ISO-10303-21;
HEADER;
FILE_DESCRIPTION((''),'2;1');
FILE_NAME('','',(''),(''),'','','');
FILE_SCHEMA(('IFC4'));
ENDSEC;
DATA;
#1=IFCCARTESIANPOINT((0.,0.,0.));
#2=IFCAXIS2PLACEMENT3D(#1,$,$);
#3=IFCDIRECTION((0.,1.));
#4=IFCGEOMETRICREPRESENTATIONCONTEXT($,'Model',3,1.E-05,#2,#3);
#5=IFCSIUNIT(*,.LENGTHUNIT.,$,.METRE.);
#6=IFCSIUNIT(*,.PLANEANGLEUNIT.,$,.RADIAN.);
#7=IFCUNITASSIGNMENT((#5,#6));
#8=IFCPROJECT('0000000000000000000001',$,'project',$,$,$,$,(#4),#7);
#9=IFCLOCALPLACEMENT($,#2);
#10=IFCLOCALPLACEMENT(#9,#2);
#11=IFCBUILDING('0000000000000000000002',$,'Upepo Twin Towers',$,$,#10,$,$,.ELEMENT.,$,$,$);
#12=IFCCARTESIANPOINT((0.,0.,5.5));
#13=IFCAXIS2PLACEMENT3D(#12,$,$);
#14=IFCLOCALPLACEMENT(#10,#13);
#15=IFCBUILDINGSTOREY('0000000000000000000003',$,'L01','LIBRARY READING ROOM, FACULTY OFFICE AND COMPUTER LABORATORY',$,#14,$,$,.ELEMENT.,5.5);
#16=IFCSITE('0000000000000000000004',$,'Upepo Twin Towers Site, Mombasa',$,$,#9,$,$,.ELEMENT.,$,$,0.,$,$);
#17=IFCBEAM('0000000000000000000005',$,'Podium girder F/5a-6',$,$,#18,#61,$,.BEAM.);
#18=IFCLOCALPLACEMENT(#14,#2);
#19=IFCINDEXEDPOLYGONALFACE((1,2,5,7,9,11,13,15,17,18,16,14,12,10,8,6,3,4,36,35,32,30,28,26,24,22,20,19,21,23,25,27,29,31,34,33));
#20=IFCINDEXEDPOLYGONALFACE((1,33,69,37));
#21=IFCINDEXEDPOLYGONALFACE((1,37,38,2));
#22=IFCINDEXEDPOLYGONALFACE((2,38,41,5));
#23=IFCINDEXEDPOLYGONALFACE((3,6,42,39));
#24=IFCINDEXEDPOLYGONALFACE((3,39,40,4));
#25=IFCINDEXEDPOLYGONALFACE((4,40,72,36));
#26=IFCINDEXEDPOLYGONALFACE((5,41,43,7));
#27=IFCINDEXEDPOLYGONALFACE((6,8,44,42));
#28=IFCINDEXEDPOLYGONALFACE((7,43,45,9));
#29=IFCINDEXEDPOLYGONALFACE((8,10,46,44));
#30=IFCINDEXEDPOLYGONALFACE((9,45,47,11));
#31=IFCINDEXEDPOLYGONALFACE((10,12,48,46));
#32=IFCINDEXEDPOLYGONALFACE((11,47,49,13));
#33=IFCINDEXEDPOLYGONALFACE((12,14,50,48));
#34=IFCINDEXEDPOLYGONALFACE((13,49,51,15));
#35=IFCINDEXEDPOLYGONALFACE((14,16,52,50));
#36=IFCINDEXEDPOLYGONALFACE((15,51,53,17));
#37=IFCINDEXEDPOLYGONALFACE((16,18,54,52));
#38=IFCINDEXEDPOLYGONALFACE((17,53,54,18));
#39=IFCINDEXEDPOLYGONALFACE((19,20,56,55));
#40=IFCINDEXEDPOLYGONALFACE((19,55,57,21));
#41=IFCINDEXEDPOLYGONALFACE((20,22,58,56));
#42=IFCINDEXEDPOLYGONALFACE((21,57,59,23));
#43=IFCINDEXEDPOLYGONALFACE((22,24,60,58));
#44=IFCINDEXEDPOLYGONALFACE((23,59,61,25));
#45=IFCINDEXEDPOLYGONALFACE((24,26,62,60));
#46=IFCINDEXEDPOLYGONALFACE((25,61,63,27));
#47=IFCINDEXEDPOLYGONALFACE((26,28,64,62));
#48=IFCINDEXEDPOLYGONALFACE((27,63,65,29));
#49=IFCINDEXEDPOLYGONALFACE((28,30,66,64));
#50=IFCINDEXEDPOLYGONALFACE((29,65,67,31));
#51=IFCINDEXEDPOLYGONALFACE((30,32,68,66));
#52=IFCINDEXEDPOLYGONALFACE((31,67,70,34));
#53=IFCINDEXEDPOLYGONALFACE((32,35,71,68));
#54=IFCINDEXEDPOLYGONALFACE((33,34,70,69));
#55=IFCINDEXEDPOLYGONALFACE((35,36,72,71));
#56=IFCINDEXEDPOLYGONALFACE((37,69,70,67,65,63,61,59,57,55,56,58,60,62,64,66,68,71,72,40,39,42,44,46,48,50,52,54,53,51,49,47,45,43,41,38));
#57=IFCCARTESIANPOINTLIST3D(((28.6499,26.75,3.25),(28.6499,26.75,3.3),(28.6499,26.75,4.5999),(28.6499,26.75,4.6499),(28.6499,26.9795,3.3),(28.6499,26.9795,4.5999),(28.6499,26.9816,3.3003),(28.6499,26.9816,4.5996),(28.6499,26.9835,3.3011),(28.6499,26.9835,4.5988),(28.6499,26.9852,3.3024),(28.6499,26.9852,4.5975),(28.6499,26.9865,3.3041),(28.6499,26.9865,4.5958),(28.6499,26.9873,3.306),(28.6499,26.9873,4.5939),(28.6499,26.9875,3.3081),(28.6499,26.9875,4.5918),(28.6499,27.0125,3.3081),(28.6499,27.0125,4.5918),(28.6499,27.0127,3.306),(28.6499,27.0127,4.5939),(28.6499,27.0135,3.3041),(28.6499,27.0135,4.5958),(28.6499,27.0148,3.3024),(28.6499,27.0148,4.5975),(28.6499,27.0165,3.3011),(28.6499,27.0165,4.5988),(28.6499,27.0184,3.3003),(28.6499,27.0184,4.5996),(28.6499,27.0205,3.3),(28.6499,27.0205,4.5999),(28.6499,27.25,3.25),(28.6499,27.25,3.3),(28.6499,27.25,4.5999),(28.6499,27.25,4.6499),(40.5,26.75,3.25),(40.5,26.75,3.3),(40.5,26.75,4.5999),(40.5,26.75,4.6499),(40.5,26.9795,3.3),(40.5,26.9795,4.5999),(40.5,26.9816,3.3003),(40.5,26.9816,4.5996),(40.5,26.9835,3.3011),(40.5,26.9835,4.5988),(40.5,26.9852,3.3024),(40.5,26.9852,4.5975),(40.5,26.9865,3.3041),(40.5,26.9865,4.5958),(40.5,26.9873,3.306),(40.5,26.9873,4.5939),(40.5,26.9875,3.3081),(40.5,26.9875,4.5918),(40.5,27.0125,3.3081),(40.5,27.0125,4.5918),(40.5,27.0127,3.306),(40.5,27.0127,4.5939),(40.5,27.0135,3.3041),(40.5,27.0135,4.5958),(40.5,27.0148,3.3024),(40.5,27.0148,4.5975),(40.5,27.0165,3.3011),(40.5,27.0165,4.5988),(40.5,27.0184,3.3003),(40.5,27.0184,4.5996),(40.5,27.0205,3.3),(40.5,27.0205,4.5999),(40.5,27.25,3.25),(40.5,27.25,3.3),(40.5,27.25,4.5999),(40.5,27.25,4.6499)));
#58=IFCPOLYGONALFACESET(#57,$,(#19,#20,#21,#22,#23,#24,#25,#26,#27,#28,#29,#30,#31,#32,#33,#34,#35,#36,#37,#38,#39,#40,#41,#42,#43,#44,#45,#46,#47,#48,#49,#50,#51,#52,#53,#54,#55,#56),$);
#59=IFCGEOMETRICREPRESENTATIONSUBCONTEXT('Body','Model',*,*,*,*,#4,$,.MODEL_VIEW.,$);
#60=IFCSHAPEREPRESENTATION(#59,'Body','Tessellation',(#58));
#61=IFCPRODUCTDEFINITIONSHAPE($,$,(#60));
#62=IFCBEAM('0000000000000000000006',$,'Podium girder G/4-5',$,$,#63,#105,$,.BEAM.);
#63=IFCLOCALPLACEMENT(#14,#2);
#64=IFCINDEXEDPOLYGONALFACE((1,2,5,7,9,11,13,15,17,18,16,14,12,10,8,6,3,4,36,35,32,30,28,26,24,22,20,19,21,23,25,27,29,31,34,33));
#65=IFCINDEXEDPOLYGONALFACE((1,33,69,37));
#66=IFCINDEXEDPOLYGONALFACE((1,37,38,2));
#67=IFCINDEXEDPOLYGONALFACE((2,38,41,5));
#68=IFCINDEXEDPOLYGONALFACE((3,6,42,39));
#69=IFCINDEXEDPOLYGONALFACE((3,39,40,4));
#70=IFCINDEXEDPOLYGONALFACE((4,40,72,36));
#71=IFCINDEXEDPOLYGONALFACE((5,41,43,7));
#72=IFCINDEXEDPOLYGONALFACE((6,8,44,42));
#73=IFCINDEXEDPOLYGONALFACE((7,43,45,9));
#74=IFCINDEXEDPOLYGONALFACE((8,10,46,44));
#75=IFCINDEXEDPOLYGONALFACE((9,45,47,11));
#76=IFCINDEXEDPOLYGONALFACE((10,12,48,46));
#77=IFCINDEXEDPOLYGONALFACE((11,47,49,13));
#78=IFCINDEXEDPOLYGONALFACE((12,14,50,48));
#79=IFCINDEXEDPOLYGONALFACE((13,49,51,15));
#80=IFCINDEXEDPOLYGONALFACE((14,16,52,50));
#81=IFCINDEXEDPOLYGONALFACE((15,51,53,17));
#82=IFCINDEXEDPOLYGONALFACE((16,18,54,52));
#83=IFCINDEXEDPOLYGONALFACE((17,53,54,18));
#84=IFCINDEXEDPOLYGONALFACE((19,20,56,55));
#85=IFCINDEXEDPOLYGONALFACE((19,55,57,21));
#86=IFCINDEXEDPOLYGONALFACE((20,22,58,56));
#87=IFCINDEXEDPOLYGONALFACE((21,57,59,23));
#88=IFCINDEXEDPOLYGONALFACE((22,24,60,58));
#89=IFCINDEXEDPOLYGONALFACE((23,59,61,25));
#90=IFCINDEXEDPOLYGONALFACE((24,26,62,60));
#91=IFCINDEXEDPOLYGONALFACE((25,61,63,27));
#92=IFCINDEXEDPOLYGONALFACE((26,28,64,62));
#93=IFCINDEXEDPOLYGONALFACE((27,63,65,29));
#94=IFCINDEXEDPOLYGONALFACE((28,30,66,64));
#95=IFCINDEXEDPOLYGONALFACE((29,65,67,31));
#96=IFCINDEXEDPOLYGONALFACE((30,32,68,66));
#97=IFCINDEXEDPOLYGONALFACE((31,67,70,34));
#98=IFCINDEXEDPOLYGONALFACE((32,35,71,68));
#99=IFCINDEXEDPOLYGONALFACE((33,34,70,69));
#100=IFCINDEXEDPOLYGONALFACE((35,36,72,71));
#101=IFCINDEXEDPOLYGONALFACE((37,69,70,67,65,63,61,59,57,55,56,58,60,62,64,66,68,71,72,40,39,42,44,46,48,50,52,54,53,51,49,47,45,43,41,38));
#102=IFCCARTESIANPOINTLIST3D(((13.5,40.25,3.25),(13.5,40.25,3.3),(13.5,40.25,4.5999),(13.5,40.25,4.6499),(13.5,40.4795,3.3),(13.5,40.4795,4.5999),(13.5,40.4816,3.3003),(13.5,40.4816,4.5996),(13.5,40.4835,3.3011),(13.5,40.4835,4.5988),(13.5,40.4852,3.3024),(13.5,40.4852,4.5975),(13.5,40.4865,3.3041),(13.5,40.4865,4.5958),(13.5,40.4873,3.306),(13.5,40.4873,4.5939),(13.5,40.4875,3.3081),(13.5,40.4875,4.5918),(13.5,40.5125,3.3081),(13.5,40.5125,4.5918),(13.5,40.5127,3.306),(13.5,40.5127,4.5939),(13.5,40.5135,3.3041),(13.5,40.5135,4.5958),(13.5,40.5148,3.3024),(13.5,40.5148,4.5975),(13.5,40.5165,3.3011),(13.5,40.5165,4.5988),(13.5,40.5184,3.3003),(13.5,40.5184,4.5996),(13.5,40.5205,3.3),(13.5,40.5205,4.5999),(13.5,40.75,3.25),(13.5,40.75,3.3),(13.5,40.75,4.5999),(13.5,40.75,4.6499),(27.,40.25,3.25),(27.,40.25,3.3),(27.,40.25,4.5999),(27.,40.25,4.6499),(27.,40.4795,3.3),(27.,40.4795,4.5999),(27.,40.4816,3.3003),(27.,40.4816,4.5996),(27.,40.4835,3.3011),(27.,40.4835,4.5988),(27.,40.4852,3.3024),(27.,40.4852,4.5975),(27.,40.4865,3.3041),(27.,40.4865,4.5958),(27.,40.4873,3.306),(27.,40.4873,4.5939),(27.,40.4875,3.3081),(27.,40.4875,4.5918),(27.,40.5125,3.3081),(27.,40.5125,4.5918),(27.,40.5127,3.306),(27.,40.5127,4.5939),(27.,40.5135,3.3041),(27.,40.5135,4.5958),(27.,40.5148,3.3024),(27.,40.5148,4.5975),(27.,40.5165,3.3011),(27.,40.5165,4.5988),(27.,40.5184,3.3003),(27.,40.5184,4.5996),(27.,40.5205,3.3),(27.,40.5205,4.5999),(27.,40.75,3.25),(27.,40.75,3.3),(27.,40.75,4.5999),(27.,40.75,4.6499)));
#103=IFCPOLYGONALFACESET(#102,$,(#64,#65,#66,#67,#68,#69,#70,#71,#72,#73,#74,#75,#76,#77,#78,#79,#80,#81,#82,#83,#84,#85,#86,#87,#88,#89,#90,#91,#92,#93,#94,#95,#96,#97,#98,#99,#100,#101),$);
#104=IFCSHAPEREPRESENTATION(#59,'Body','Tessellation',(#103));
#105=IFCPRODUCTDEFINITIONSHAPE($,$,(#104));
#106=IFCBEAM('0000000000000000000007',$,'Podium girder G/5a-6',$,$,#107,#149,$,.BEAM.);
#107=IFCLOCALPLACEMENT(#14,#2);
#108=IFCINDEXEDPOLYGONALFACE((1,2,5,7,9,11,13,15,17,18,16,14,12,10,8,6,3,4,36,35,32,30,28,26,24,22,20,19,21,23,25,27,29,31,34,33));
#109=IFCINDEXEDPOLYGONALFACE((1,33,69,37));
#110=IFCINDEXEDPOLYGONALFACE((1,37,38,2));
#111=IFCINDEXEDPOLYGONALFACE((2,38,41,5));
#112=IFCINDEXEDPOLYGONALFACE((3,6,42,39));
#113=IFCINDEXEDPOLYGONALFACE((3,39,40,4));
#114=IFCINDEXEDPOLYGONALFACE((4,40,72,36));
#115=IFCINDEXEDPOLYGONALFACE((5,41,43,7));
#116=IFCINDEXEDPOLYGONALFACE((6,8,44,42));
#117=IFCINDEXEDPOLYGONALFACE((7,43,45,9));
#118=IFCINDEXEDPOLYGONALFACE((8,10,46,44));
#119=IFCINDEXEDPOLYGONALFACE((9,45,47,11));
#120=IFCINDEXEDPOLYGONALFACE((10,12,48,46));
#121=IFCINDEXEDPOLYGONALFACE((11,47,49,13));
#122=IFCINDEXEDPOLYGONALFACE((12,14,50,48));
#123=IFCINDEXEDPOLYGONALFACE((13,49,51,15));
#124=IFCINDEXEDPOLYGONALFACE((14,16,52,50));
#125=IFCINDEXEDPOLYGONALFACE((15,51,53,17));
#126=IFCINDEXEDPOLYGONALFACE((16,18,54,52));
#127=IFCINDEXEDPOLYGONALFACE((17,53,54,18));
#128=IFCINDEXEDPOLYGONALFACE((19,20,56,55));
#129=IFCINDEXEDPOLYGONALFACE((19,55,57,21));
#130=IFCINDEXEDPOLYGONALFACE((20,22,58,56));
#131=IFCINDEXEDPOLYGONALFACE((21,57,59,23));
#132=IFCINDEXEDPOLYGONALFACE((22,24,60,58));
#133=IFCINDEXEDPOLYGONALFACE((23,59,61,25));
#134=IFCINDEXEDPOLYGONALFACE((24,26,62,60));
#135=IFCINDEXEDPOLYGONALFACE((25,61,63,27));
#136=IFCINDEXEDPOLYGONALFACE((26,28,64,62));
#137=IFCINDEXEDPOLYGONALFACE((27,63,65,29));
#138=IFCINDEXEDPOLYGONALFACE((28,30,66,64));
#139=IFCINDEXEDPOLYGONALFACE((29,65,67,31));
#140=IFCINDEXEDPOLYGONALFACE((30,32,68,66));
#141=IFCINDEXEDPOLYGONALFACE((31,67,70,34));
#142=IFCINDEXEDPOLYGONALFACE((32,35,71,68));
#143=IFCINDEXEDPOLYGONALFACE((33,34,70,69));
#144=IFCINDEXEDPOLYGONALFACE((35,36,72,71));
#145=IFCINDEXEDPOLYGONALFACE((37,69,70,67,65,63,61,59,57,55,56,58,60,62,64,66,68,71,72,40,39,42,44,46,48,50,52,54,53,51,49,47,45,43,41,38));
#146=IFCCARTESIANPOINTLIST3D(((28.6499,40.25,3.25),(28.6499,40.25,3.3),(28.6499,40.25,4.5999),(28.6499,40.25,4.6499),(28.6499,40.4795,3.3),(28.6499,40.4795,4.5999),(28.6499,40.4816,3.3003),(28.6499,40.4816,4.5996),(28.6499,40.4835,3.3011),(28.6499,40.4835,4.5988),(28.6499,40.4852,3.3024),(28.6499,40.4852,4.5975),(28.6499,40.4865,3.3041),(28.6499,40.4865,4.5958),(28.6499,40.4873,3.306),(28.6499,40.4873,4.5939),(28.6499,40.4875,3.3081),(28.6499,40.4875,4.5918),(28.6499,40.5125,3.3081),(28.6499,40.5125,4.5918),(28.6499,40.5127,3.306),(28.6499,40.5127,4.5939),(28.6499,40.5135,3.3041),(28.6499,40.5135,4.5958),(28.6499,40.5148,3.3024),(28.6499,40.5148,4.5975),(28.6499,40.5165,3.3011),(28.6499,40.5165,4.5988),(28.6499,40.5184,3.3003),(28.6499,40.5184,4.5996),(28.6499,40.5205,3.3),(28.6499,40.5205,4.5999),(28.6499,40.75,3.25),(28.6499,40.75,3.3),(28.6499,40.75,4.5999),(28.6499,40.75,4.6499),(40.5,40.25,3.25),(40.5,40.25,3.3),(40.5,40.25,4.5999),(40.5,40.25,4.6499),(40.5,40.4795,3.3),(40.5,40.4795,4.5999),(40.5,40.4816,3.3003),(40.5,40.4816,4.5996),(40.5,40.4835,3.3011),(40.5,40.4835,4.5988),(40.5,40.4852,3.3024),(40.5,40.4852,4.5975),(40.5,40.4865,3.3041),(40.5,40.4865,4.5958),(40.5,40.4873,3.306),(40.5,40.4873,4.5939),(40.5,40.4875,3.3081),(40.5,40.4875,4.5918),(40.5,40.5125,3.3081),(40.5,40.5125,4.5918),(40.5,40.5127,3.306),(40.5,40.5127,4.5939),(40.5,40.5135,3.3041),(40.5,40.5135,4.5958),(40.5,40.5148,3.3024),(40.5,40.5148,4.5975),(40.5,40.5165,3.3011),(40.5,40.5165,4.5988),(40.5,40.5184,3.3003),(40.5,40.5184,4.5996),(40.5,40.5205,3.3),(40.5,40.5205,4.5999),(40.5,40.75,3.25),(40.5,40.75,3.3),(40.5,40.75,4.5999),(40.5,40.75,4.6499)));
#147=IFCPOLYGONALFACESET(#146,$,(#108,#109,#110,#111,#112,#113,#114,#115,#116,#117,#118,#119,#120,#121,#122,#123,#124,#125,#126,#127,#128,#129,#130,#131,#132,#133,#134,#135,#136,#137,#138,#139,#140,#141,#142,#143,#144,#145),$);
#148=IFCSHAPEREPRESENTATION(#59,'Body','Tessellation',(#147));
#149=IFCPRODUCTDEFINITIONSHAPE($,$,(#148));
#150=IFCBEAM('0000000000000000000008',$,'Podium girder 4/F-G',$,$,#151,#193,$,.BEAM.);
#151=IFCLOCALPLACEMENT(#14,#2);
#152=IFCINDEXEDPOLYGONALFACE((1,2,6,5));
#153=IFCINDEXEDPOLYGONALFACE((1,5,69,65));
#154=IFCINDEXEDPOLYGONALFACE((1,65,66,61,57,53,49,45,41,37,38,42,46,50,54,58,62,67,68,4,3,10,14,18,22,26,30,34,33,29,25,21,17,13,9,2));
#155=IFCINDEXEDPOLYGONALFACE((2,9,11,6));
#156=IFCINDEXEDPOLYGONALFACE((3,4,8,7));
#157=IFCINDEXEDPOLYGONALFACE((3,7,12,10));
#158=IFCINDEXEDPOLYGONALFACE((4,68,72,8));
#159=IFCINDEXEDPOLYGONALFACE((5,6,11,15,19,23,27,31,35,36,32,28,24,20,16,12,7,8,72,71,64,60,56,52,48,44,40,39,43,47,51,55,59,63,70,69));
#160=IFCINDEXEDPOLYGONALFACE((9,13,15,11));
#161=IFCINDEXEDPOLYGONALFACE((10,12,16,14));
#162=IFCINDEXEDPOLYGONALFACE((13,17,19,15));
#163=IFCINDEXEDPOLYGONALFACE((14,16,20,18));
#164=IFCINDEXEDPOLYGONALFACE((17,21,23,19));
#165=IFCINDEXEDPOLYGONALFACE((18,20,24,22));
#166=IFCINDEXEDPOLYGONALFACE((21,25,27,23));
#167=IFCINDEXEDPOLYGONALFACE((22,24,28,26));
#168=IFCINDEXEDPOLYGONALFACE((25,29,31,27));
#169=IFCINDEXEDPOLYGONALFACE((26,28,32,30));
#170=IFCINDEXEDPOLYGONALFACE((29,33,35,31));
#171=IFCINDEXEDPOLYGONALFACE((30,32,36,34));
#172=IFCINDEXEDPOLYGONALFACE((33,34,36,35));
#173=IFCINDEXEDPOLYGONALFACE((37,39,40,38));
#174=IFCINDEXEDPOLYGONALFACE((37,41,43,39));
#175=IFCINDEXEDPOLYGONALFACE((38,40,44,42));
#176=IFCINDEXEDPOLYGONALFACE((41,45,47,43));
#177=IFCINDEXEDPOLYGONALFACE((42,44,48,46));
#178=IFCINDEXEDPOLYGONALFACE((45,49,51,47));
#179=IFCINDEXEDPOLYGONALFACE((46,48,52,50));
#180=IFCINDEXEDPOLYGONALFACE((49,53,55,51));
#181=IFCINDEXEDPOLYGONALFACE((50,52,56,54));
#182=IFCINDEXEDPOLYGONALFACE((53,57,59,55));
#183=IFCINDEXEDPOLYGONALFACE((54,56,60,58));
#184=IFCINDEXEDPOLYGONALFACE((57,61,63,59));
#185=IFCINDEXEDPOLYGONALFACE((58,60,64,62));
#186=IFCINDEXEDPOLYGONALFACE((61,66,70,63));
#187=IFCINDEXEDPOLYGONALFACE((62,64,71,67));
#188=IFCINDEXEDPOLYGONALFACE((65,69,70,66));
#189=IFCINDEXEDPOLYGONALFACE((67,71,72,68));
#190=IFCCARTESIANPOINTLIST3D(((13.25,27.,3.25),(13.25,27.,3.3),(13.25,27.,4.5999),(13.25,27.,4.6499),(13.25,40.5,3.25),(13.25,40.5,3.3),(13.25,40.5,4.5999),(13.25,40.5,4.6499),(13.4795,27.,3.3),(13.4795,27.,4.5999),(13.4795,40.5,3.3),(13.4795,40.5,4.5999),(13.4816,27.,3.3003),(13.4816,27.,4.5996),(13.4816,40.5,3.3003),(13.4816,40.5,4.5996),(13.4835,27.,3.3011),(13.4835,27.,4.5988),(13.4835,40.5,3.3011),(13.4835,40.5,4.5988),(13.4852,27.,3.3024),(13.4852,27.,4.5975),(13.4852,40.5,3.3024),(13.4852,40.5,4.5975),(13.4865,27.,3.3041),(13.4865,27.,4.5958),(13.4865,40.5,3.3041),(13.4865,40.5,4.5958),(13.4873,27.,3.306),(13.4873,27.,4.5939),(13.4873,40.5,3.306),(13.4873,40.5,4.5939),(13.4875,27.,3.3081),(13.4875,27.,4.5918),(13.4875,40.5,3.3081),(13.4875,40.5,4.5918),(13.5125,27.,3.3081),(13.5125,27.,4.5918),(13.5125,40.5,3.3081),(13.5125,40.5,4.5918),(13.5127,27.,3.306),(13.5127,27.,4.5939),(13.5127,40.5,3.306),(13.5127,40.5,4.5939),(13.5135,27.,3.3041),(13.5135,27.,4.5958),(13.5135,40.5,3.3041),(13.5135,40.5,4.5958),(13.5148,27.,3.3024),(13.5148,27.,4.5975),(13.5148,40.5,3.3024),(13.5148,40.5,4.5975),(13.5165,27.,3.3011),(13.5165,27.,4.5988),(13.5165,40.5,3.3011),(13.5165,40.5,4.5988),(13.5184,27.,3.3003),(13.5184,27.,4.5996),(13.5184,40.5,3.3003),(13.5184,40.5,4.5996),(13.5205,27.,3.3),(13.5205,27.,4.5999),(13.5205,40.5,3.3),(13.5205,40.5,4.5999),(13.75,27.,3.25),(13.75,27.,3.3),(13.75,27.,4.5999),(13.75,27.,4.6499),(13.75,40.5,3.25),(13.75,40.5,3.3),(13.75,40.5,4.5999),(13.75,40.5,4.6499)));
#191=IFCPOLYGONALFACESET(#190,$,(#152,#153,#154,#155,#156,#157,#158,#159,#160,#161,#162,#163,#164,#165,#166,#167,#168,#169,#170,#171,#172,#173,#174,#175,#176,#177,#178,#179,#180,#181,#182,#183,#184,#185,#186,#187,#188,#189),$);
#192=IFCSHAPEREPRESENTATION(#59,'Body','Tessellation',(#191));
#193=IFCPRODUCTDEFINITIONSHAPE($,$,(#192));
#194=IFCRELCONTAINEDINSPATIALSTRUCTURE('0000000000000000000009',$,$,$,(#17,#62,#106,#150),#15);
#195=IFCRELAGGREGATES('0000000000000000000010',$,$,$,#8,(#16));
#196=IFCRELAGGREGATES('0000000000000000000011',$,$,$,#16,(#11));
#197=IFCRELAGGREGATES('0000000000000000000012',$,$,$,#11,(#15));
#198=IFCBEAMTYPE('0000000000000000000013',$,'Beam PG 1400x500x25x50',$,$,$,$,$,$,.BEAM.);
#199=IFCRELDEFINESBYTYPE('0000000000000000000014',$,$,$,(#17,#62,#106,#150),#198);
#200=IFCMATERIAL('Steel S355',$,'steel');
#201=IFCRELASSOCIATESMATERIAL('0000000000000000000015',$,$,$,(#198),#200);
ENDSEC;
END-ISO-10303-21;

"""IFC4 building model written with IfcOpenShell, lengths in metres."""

from ifc_helpers import new_model, si_unit, direction, frame, origin, origin_2d, place, context, subcontext, project, spatial, i_section, extrude, material, material_profile, profile_set, type_object, element, save


model = new_model("IFC4")

# Units and contexts
model_context = context("Model", 3, precision=1e-05, world=origin(), true_north=direction((0.0, 1.0)))
body_context = subcontext(model_context, "Body", "Model", "MODEL_VIEW")
ifc_project = project(units=[si_unit("LENGTHUNIT", "METRE"), si_unit("PLANEANGLEUNIT", "RADIAN")], contexts=[model_context])

# Site, building, storey
site_placement = place(None, origin())
site = spatial("IfcSite", under=ifc_project, at=site_placement, Name="Upepo Twin Towers Site, Mombasa", CompositionType="ELEMENT", RefElevation=0.0)
building_placement = place(site_placement, origin())
building = spatial("IfcBuilding", under=site, at=building_placement, Name="Upepo Twin Towers", CompositionType="ELEMENT")
storey_placement = place(building_placement, frame((0.0, 0.0, 5.5)))
storey = spatial("IfcBuildingStorey", under=building, at=storey_placement, Name="L01", Description="LIBRARY READING ROOM, FACULTY OFFICE AND COMPUTER LABORATORY", CompositionType="ELEMENT", Elevation=5.5)

# Beams
ifc_material_1 = material(Name="Steel S355", Category="steel")
ifc_material_profile_1 = material_profile(ifc_material_1, i_section(OverallWidth=0.5, OverallDepth=1.3999, WebThickness=0.0249, FlangeThickness=0.05, FilletRadius=0.0081, at=origin_2d()), Name="PG 1400x500x25x50")
ifc_profile_set_1 = profile_set([ifc_material_profile_1], Name="Steel S355")
beam_type_1 = type_object("IfcBeamType", Name="Beam PG 1400x500x25x50", PredefinedType="BEAM", material=ifc_profile_set_1)
beam_1_placement = place(storey_placement, frame((28.6499, 27.0, 3.95), z_axis=(1.0, 0.0, 0.0), x_axis=(0.0, 1.0, 0.0)))
element("IfcBeam", 1, at=beam_1_placement, inside=storey, type_object=beam_type_1, Name="Podium girder F/5a-6", PredefinedType="BEAM", context=body_context, shape_type="SweptSolid", body=[
    extrude(i_section(OverallWidth=0.5, OverallDepth=1.3999, WebThickness=0.0249, FlangeThickness=0.05, FilletRadius=0.0081, at=origin_2d()), origin(), (0.0, 0.0, 1.0), 11.8501),
])
beam_2_placement = place(storey_placement, frame((13.5, 40.5, 3.95), z_axis=(1.0, 0.0, 0.0), x_axis=(0.0, 1.0, 0.0)))
element("IfcBeam", 2, at=beam_2_placement, inside=storey, type_object=beam_type_1, Name="Podium girder G/4-5", PredefinedType="BEAM", context=body_context, shape_type="SweptSolid", body=[
    extrude(i_section(OverallWidth=0.5, OverallDepth=1.3999, WebThickness=0.0249, FlangeThickness=0.05, FilletRadius=0.0081, at=origin_2d()), origin(), (0.0, 0.0, 1.0), 13.5),
])
beam_3_placement = place(storey_placement, frame((28.6499, 40.5, 3.95), z_axis=(1.0, 0.0, 0.0), x_axis=(0.0, 1.0, 0.0)))
element("IfcBeam", 3, at=beam_3_placement, inside=storey, type_object=beam_type_1, Name="Podium girder G/5a-6", PredefinedType="BEAM", context=body_context, shape_type="SweptSolid", body=[
    extrude(i_section(OverallWidth=0.5, OverallDepth=1.3999, WebThickness=0.0249, FlangeThickness=0.05, FilletRadius=0.0081, at=origin_2d()), origin(), (0.0, 0.0, 1.0), 11.8501),
])
for number, where, z_axis, x_axis, name in (
    (4, (13.5, 27.0, 3.95), (0.0, 1.0, 0.0), (-1.0, 0.0, 0.0), "Podium girder 4/F-G"),
):
    element("IfcBeam", number, at=place(storey_placement, frame(where, z_axis=z_axis, x_axis=x_axis)), inside=storey, type_object=beam_type_1, Name=name, PredefinedType="BEAM", context=body_context, shape_type="SweptSolid", body=[
        extrude(i_section(OverallWidth=0.5, OverallDepth=1.3999, WebThickness=0.0249, FlangeThickness=0.05, FilletRadius=0.0081, at=origin_2d()), origin(), (0.0, 0.0, 1.0), 13.5),
    ])

save(model, "model.ifc")
